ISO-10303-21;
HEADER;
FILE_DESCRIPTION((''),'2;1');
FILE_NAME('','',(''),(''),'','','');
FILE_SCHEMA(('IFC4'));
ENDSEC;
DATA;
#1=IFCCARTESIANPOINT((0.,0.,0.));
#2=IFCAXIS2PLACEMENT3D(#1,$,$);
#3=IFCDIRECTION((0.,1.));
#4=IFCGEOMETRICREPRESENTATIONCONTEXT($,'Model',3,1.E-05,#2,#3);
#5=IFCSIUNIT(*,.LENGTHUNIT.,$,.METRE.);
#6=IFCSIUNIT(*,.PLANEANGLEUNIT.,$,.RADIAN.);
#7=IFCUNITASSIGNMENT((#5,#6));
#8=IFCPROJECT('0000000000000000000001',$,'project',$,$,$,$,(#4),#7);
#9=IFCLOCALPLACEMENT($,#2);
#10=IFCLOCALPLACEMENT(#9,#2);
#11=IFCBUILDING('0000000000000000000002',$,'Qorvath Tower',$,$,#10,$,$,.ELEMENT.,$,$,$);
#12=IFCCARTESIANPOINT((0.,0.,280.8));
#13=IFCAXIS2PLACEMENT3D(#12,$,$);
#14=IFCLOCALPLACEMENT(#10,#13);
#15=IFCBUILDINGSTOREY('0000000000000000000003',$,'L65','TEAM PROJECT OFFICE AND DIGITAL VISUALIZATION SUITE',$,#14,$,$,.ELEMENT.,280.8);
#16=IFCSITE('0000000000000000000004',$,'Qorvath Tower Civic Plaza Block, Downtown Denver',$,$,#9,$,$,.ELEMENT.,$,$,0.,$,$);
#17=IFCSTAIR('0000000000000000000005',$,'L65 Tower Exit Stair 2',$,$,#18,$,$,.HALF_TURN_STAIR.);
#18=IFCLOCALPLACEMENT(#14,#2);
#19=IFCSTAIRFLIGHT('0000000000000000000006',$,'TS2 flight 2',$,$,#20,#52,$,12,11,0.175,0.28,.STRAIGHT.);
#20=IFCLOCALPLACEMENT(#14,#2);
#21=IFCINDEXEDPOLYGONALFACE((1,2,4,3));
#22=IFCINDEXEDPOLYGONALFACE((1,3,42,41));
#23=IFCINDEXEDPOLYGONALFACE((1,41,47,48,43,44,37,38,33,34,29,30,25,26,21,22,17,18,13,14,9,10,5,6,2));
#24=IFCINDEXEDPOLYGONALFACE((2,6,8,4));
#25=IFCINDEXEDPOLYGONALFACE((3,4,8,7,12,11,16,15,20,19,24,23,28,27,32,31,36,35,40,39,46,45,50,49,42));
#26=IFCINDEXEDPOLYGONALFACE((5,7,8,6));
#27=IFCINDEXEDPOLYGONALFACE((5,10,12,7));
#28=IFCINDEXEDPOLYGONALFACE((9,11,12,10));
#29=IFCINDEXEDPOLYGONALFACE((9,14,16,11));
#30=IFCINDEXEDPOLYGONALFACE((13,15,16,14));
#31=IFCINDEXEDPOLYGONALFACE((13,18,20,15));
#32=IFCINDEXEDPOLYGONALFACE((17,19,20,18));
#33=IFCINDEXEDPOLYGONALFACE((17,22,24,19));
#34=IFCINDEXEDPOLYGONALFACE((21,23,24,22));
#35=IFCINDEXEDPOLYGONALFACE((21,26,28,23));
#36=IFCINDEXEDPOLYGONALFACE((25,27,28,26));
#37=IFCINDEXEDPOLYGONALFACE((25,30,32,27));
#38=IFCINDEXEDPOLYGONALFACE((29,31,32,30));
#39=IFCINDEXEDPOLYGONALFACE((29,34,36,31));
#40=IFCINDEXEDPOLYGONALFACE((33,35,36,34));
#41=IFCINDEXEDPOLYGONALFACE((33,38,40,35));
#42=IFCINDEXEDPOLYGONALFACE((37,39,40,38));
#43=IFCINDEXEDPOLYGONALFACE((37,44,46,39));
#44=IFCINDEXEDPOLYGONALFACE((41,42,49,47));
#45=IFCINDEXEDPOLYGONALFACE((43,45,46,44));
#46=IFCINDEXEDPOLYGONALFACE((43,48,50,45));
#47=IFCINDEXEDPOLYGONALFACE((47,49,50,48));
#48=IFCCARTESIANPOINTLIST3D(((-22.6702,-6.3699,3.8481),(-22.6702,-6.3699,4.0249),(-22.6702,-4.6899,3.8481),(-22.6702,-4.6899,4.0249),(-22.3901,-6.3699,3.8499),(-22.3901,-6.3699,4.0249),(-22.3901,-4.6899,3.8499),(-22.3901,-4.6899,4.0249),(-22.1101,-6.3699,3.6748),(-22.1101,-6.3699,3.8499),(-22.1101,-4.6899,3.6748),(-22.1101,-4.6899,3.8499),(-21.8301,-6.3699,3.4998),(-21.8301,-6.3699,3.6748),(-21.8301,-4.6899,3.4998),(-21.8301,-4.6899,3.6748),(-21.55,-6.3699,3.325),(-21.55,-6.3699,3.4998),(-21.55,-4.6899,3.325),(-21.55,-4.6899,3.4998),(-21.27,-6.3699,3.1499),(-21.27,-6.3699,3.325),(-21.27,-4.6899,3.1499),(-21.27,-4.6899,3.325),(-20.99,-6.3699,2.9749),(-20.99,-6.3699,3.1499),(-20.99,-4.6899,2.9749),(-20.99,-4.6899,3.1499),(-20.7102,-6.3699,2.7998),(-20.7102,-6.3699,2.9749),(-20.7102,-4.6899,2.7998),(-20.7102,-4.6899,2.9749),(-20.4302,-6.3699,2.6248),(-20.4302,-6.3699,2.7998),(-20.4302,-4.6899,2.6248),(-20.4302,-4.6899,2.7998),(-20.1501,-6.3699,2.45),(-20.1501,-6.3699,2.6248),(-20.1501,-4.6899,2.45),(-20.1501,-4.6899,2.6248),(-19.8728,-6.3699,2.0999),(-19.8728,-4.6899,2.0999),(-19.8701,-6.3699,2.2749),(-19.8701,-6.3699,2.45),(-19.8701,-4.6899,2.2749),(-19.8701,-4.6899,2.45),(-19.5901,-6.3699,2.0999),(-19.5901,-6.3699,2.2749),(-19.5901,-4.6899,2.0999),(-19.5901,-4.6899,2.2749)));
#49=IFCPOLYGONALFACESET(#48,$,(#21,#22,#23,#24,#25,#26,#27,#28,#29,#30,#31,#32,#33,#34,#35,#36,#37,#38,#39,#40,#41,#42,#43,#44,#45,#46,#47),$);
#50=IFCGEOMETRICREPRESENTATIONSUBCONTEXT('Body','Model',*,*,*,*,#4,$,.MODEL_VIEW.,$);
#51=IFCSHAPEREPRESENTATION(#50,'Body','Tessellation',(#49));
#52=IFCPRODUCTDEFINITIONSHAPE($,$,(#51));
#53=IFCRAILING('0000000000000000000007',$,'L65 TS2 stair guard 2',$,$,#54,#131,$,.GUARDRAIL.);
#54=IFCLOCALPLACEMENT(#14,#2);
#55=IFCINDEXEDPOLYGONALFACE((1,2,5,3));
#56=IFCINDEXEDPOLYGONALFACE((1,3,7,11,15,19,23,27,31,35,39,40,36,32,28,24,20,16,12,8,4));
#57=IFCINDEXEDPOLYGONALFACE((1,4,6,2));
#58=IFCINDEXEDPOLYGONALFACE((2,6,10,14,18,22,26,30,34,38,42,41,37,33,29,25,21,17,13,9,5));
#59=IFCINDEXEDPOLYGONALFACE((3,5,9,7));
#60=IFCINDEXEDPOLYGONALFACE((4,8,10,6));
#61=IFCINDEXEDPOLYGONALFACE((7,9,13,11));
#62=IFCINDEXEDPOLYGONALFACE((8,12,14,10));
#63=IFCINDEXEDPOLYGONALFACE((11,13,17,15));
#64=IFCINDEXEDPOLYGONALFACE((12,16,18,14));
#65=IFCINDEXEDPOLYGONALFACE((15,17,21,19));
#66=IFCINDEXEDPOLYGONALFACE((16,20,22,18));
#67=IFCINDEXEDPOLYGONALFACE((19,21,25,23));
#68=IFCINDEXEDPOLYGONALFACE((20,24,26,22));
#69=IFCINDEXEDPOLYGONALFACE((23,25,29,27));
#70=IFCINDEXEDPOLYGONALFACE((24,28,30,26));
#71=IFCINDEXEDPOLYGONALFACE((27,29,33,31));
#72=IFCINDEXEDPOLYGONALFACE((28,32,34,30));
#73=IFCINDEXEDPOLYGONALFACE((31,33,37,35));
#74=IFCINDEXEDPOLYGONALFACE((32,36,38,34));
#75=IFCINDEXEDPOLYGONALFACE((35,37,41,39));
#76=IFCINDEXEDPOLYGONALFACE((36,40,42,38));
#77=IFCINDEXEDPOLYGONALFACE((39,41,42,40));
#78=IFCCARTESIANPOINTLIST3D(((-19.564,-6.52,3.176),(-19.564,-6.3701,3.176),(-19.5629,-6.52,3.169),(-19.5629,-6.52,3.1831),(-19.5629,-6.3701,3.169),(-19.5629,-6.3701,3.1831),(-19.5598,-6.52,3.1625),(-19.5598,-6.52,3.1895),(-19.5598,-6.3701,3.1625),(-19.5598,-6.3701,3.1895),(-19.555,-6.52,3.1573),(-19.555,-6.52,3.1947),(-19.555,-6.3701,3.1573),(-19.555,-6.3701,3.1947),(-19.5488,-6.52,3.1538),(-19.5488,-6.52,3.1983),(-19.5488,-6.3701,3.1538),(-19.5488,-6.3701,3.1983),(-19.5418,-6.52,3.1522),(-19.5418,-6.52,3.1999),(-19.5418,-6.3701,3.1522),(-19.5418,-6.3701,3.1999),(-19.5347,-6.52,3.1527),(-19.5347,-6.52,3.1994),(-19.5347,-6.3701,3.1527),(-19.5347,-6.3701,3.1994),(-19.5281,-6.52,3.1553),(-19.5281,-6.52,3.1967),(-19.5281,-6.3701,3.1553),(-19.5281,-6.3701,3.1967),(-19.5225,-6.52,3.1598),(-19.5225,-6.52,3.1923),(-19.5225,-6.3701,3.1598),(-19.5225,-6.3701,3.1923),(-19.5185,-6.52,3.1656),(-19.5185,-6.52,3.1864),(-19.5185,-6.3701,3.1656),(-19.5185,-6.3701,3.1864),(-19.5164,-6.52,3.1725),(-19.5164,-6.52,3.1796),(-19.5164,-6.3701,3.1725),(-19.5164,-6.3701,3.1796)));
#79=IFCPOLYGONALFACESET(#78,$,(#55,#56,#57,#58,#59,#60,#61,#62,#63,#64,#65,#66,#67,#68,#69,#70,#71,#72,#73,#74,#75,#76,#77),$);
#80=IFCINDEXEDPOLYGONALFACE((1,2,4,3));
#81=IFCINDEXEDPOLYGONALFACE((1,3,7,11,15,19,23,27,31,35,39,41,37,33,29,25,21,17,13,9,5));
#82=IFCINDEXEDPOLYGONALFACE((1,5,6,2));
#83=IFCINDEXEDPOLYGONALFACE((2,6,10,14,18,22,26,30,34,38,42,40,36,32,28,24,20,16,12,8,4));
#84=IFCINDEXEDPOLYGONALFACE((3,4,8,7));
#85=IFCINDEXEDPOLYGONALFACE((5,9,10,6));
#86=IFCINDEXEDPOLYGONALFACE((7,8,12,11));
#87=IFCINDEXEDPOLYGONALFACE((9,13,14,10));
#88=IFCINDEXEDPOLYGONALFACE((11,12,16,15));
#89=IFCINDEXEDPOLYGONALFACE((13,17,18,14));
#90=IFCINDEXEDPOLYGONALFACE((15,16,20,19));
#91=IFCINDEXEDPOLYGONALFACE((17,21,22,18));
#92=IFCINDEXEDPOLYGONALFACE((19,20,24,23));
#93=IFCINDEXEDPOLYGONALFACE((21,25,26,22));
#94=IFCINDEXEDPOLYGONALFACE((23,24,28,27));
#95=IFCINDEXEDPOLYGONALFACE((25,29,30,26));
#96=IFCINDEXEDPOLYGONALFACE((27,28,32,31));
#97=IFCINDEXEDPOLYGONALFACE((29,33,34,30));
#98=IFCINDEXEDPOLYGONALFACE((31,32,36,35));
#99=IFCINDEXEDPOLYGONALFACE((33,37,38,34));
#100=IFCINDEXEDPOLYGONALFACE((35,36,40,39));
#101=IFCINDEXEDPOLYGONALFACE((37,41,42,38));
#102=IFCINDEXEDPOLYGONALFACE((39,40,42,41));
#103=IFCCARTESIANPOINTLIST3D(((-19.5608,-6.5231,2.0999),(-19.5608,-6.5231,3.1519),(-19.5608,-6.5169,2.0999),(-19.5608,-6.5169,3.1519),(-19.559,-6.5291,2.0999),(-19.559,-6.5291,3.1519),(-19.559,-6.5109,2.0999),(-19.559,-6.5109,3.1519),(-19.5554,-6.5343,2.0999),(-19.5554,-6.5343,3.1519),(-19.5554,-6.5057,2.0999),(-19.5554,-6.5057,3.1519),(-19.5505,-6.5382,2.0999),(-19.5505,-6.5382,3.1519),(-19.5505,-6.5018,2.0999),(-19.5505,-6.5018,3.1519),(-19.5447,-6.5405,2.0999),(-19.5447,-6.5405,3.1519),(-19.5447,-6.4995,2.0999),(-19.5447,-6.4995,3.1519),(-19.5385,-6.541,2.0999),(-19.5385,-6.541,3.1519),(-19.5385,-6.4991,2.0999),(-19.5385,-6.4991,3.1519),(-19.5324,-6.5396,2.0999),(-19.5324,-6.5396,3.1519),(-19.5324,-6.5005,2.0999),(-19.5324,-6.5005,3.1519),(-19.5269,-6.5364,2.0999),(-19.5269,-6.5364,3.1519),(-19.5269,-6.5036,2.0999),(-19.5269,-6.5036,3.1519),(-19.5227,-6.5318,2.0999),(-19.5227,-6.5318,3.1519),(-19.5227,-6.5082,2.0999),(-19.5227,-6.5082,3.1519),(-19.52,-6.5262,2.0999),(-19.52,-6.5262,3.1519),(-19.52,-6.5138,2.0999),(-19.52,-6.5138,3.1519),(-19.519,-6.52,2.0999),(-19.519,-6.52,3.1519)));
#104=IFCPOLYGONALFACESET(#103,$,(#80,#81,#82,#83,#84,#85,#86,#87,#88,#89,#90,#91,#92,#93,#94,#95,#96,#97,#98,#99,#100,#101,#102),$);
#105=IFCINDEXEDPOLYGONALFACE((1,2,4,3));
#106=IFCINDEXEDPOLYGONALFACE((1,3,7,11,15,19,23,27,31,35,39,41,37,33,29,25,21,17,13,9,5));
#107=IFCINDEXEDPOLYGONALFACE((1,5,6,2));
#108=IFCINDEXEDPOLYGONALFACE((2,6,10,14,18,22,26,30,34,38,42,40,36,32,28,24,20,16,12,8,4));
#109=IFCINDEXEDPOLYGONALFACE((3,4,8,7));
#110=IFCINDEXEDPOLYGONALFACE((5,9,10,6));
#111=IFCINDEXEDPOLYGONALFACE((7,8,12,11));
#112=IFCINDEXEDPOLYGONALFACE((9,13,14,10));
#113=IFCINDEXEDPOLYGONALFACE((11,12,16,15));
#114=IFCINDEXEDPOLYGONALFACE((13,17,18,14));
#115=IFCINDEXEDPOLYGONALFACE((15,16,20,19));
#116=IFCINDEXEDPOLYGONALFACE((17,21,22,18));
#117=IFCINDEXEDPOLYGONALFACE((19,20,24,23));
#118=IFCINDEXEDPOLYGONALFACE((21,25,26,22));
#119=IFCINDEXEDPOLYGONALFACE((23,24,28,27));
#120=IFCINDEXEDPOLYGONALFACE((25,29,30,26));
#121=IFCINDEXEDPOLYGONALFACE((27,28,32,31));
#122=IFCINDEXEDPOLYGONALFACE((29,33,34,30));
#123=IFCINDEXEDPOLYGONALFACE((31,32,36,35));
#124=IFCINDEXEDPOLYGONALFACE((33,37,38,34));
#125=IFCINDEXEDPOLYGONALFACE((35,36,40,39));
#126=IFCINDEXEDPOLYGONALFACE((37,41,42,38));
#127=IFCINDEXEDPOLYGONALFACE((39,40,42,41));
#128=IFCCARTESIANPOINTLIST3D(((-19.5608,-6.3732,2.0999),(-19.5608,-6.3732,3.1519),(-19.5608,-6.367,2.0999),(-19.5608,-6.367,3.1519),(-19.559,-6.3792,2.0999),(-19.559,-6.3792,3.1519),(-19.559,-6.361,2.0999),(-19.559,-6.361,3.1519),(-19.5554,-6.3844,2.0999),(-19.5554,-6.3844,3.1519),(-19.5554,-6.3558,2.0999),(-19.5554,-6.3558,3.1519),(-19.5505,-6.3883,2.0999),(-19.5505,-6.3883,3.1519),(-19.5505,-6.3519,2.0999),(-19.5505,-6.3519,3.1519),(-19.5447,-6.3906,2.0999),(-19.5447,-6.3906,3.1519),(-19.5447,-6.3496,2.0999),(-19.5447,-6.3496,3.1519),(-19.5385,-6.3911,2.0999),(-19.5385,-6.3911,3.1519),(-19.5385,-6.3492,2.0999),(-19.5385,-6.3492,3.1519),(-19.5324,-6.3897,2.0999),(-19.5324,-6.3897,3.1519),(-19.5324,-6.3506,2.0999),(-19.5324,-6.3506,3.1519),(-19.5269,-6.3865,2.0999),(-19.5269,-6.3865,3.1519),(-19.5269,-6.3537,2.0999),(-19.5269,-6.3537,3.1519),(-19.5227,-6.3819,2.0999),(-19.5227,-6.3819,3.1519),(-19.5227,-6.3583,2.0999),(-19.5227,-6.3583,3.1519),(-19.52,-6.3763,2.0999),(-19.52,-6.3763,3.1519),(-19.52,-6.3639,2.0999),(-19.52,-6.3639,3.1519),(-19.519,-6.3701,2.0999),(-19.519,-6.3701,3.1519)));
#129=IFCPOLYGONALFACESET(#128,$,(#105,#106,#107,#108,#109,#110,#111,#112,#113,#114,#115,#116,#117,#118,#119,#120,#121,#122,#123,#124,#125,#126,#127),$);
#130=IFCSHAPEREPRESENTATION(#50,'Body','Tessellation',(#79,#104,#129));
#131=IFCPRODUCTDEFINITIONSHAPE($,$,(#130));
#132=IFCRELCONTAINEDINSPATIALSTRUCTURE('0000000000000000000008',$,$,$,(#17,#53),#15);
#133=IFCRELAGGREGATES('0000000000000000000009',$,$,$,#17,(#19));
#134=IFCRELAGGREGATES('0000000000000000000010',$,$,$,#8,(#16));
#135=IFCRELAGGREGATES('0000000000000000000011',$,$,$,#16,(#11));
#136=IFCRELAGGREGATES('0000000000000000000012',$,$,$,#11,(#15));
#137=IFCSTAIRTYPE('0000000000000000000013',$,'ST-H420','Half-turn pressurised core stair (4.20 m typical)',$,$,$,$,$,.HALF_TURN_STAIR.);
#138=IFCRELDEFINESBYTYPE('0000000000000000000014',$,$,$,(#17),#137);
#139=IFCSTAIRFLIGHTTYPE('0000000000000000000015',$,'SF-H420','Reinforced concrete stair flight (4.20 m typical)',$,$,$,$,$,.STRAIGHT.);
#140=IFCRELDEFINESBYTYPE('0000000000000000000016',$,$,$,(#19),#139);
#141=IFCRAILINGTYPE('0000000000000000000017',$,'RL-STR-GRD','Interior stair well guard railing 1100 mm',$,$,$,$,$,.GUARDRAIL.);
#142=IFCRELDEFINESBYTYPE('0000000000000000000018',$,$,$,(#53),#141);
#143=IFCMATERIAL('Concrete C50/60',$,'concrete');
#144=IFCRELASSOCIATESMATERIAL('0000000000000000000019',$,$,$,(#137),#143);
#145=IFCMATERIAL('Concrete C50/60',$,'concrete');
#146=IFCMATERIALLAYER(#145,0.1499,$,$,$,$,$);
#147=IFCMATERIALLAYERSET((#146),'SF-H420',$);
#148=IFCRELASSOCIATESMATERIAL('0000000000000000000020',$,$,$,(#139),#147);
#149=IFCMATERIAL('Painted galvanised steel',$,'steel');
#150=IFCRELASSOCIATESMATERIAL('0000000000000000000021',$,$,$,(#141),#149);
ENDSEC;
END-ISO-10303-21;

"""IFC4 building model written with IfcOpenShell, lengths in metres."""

from ifc_helpers import new_model, si_unit, direction, frame, origin, origin_2d, place, context, subcontext, project, spatial, polyline, circle, outline, extrude, material, layer, layer_set, type_object, element, aggregate, save


model = new_model("IFC4")

# Units and contexts
model_context = context("Model", 3, precision=1e-05, world=origin(), true_north=direction((0.0, 1.0)))
body_context = subcontext(model_context, "Body", "Model", "MODEL_VIEW")
ifc_project = project(units=[si_unit("LENGTHUNIT", "METRE"), si_unit("PLANEANGLEUNIT", "RADIAN")], contexts=[model_context])

# Site, building, storey
site_placement = place(None, origin())
site = spatial("IfcSite", under=ifc_project, at=site_placement, Name="Qorvath Tower Civic Plaza Block, Downtown Denver", CompositionType="ELEMENT", RefElevation=0.0)
building_placement = place(site_placement, origin())
building = spatial("IfcBuilding", under=site, at=building_placement, Name="Qorvath Tower", CompositionType="ELEMENT")
storey_placement = place(building_placement, frame((0.0, 0.0, 280.8)))
storey = spatial("IfcBuildingStorey", under=building, at=storey_placement, Name="L65", Description="TEAM PROJECT OFFICE AND DIGITAL VISUALIZATION SUITE", CompositionType="ELEMENT", Elevation=280.8)

# Stair, stair flight
ifc_material_1 = material(Name="Concrete C50/60", Category="concrete")
stair_type = type_object("IfcStairType", Name="ST-H420", Description="Half-turn pressurised core stair (4.20 m typical)", PredefinedType="HALF_TURN_STAIR", material=ifc_material_1)
stair_placement = place(storey_placement, origin())
stair = element("IfcStair", 1, at=stair_placement, inside=storey, type_object=stair_type, Name="L65 Tower Exit Stair 2", PredefinedType="HALF_TURN_STAIR")
ifc_material_2 = material(Name="Concrete C50/60", Category="concrete")
ifc_layer_1 = layer(ifc_material_2, 0.1499)
ifc_layer_set_1 = layer_set([ifc_layer_1], Name="SF-H420")
stair_flight_type = type_object("IfcStairFlightType", Name="SF-H420", Description="Reinforced concrete stair flight (4.20 m typical)", PredefinedType="STRAIGHT", material=ifc_layer_set_1)
stair_flight_placement = place(storey_placement, frame((-19.5901, -5.53, 2.0999), z_axis=(0.0, 0.0, 1.0), x_axis=(-1.0, 0.0, 0.0)))
stair_flight = element("IfcStairFlight", 2, at=stair_flight_placement, type_object=stair_flight_type, Name="TS2 flight 2", NumberOfRisers=12, NumberOfTreads=11, PredefinedType="STRAIGHT", RiserHeight=0.175, TreadLength=0.28, context=body_context, shape_type="SweptSolid", body=[
    extrude(outline(polyline([(0.0, 0.0), (0.0, 0.175), (0.28, 0.175), (0.28, 0.3501), (0.5601, 0.3501), (0.5601, 0.5249), (0.8401, 0.5249), (0.8401, 0.7), (1.1201, 0.7), (1.1201, 0.875), (1.3999, 0.875), (1.3999, 1.05), (1.6799, 1.05), (1.6799, 1.2251), (1.96, 1.2251), (1.96, 1.3999), (2.24, 1.3999), (2.24, 1.575), (2.52, 1.575), (2.52, 1.75), (2.8, 1.75), (2.8, 1.925), (3.0801, 1.925), (3.0801, 2.1001), (3.0801, 1.7483), (0.2827, 0.0), (0.0, 0.0)])), frame((0.0, 0.8398, 0.0), z_axis=(0.0, -1.0, 0.0), x_axis=(1.0, 0.0, 0.0)), (0.0, 0.0, 1.0), 1.6799),
])
aggregate(stair, [stair_flight])

# Railing
ifc_material_3 = material(Name="Painted galvanised steel", Category="steel")
railing_type = type_object("IfcRailingType", Name="RL-STR-GRD", Description="Interior stair well guard railing 1100 mm", PredefinedType="GUARDRAIL", material=ifc_material_3)
railing_1_placement = place(storey_placement, frame((-19.54, -6.52, 2.0999)))
element("IfcRailing", 3, at=railing_1_placement, inside=storey, type_object=railing_type, Name="L65 TS2 stair guard 2", PredefinedType="GUARDRAIL", context=body_context, shape_type="SweptSolid", body=[
    extrude(circle(Radius=0.0239, at=origin_2d()), frame((0.0, 0.0, 1.0762), z_axis=(0.0, 1.0, 0.0), x_axis=(-1.0, 0.0, 0.0)), (0.0, 0.0, 1.0), 0.1499),
    extrude(circle(Radius=0.021, at=origin_2d()), origin(), (0.0, 0.0, 1.0), 1.052),
    extrude(circle(Radius=0.021, at=origin_2d()), frame((0.0, 0.1499, 0.0)), (0.0, 0.0, 1.0), 1.052),
])

save(model, "model.ifc")
